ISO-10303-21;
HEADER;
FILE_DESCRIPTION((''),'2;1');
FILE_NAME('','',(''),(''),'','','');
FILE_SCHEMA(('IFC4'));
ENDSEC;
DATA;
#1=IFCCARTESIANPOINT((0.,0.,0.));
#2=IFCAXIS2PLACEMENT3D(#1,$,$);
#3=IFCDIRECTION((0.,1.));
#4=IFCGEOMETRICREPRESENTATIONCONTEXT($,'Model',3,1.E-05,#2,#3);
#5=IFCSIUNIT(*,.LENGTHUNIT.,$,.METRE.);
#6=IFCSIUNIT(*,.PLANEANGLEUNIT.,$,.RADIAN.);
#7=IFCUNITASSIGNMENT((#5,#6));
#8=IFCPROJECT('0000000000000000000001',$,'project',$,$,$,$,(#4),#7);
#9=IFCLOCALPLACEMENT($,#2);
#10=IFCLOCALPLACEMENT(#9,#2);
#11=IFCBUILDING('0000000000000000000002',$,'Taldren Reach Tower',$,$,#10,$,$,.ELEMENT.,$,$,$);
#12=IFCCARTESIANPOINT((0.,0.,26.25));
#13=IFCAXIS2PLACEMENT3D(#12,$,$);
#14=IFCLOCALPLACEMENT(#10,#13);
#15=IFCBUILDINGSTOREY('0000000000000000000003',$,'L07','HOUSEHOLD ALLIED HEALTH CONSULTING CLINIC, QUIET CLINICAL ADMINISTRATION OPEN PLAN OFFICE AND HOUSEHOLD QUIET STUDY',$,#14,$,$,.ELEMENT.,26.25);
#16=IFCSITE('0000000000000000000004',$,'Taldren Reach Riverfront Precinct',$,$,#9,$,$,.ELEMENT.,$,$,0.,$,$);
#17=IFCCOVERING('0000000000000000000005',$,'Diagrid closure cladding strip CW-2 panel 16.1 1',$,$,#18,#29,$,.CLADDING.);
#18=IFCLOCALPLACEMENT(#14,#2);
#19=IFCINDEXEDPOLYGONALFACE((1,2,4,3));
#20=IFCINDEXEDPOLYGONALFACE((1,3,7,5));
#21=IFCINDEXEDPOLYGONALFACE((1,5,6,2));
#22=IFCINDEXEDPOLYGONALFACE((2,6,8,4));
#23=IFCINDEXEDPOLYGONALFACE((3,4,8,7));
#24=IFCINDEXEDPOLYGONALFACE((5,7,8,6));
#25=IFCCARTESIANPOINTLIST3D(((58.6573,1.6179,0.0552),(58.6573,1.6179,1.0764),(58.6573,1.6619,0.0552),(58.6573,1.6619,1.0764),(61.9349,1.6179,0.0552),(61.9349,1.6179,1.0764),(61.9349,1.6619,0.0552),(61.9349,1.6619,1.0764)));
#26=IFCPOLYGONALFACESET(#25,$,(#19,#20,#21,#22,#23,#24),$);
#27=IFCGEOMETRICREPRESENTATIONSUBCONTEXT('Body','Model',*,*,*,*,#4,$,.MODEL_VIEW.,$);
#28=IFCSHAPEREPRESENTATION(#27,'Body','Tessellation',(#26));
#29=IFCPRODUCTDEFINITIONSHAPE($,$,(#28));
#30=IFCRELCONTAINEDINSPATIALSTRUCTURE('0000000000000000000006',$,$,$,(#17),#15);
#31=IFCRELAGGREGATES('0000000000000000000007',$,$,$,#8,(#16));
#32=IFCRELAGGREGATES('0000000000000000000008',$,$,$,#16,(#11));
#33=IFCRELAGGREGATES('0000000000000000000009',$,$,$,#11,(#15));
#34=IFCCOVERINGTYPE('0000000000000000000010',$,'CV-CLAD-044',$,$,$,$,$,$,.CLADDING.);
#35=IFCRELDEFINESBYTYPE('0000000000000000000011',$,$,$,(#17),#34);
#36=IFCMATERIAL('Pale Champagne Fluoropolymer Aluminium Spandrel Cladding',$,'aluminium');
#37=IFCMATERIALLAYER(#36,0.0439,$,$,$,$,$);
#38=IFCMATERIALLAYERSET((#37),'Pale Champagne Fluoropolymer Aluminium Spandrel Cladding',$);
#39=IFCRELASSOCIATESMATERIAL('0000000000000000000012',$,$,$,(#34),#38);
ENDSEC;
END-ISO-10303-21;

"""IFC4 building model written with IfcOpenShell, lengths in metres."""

from ifc_helpers import new_model, si_unit, direction, frame, origin, origin_2d, place, context, subcontext, project, spatial, rectangle, extrude, source, transform, mapped, material, layer, layer_set, type_object, element, save


model = new_model("IFC4")

# Units and contexts
model_context = context("Model", 3, precision=1e-05, world=origin(), true_north=direction((0.0, 1.0)))
body_context = subcontext(model_context, "Body", "Model", "MODEL_VIEW")
ifc_project = project(units=[si_unit("LENGTHUNIT", "METRE"), si_unit("PLANEANGLEUNIT", "RADIAN")], contexts=[model_context])

# Site, building, storey
site_placement = place(None, origin())
site = spatial("IfcSite", under=ifc_project, at=site_placement, Name="Taldren Reach Riverfront Precinct", CompositionType="ELEMENT", RefElevation=0.0)
building_placement = place(site_placement, origin())
building = spatial("IfcBuilding", under=site, at=building_placement, Name="Taldren Reach Tower", CompositionType="ELEMENT")
storey_placement = place(building_placement, frame((0.0, 0.0, 26.25)))
storey = spatial("IfcBuildingStorey", under=building, at=storey_placement, Name="L07", Description="HOUSEHOLD ALLIED HEALTH CONSULTING CLINIC, QUIET CLINICAL ADMINISTRATION OPEN PLAN OFFICE AND HOUSEHOLD QUIET STUDY", CompositionType="ELEMENT", Elevation=26.25)

# Covering
ifc_material_1 = material(Name="Pale Champagne Fluoropolymer Aluminium Spandrel Cladding", Category="aluminium")
ifc_layer_1 = layer(ifc_material_1, 0.0439)
ifc_layer_set_1 = layer_set([ifc_layer_1], Name="Pale Champagne Fluoropolymer Aluminium Spandrel Cladding")
covering_type = type_object("IfcCoveringType", Name="CV-CLAD-044", PredefinedType="CLADDING", material=ifc_layer_set_1)
shared_shape_1 = source(origin(), body_context, "Body", "SweptSolid", [
    extrude(rectangle(XDim=3.2776, YDim=0.0439, at=origin_2d()), origin(), (0.0, 0.0, 1.0), 1.0212),
])
covering_placement = place(storey_placement, frame((60.2961, 1.6399, 0.0552), z_axis=(0.0, 0.0, 1.0), x_axis=(1.0, 0.0, 0.0)))
element("IfcCovering", 1, at=covering_placement, inside=storey, type_object=covering_type, Name="Diagrid closure cladding strip CW-2 panel 16.1 1", PredefinedType="CLADDING", context=body_context, shape_type="MappedRepresentation", body=[
    mapped(shared_shape_1, transform((0.0, 0.0, 0.0), scale=1.0)),
])

save(model, "model.ifc")
